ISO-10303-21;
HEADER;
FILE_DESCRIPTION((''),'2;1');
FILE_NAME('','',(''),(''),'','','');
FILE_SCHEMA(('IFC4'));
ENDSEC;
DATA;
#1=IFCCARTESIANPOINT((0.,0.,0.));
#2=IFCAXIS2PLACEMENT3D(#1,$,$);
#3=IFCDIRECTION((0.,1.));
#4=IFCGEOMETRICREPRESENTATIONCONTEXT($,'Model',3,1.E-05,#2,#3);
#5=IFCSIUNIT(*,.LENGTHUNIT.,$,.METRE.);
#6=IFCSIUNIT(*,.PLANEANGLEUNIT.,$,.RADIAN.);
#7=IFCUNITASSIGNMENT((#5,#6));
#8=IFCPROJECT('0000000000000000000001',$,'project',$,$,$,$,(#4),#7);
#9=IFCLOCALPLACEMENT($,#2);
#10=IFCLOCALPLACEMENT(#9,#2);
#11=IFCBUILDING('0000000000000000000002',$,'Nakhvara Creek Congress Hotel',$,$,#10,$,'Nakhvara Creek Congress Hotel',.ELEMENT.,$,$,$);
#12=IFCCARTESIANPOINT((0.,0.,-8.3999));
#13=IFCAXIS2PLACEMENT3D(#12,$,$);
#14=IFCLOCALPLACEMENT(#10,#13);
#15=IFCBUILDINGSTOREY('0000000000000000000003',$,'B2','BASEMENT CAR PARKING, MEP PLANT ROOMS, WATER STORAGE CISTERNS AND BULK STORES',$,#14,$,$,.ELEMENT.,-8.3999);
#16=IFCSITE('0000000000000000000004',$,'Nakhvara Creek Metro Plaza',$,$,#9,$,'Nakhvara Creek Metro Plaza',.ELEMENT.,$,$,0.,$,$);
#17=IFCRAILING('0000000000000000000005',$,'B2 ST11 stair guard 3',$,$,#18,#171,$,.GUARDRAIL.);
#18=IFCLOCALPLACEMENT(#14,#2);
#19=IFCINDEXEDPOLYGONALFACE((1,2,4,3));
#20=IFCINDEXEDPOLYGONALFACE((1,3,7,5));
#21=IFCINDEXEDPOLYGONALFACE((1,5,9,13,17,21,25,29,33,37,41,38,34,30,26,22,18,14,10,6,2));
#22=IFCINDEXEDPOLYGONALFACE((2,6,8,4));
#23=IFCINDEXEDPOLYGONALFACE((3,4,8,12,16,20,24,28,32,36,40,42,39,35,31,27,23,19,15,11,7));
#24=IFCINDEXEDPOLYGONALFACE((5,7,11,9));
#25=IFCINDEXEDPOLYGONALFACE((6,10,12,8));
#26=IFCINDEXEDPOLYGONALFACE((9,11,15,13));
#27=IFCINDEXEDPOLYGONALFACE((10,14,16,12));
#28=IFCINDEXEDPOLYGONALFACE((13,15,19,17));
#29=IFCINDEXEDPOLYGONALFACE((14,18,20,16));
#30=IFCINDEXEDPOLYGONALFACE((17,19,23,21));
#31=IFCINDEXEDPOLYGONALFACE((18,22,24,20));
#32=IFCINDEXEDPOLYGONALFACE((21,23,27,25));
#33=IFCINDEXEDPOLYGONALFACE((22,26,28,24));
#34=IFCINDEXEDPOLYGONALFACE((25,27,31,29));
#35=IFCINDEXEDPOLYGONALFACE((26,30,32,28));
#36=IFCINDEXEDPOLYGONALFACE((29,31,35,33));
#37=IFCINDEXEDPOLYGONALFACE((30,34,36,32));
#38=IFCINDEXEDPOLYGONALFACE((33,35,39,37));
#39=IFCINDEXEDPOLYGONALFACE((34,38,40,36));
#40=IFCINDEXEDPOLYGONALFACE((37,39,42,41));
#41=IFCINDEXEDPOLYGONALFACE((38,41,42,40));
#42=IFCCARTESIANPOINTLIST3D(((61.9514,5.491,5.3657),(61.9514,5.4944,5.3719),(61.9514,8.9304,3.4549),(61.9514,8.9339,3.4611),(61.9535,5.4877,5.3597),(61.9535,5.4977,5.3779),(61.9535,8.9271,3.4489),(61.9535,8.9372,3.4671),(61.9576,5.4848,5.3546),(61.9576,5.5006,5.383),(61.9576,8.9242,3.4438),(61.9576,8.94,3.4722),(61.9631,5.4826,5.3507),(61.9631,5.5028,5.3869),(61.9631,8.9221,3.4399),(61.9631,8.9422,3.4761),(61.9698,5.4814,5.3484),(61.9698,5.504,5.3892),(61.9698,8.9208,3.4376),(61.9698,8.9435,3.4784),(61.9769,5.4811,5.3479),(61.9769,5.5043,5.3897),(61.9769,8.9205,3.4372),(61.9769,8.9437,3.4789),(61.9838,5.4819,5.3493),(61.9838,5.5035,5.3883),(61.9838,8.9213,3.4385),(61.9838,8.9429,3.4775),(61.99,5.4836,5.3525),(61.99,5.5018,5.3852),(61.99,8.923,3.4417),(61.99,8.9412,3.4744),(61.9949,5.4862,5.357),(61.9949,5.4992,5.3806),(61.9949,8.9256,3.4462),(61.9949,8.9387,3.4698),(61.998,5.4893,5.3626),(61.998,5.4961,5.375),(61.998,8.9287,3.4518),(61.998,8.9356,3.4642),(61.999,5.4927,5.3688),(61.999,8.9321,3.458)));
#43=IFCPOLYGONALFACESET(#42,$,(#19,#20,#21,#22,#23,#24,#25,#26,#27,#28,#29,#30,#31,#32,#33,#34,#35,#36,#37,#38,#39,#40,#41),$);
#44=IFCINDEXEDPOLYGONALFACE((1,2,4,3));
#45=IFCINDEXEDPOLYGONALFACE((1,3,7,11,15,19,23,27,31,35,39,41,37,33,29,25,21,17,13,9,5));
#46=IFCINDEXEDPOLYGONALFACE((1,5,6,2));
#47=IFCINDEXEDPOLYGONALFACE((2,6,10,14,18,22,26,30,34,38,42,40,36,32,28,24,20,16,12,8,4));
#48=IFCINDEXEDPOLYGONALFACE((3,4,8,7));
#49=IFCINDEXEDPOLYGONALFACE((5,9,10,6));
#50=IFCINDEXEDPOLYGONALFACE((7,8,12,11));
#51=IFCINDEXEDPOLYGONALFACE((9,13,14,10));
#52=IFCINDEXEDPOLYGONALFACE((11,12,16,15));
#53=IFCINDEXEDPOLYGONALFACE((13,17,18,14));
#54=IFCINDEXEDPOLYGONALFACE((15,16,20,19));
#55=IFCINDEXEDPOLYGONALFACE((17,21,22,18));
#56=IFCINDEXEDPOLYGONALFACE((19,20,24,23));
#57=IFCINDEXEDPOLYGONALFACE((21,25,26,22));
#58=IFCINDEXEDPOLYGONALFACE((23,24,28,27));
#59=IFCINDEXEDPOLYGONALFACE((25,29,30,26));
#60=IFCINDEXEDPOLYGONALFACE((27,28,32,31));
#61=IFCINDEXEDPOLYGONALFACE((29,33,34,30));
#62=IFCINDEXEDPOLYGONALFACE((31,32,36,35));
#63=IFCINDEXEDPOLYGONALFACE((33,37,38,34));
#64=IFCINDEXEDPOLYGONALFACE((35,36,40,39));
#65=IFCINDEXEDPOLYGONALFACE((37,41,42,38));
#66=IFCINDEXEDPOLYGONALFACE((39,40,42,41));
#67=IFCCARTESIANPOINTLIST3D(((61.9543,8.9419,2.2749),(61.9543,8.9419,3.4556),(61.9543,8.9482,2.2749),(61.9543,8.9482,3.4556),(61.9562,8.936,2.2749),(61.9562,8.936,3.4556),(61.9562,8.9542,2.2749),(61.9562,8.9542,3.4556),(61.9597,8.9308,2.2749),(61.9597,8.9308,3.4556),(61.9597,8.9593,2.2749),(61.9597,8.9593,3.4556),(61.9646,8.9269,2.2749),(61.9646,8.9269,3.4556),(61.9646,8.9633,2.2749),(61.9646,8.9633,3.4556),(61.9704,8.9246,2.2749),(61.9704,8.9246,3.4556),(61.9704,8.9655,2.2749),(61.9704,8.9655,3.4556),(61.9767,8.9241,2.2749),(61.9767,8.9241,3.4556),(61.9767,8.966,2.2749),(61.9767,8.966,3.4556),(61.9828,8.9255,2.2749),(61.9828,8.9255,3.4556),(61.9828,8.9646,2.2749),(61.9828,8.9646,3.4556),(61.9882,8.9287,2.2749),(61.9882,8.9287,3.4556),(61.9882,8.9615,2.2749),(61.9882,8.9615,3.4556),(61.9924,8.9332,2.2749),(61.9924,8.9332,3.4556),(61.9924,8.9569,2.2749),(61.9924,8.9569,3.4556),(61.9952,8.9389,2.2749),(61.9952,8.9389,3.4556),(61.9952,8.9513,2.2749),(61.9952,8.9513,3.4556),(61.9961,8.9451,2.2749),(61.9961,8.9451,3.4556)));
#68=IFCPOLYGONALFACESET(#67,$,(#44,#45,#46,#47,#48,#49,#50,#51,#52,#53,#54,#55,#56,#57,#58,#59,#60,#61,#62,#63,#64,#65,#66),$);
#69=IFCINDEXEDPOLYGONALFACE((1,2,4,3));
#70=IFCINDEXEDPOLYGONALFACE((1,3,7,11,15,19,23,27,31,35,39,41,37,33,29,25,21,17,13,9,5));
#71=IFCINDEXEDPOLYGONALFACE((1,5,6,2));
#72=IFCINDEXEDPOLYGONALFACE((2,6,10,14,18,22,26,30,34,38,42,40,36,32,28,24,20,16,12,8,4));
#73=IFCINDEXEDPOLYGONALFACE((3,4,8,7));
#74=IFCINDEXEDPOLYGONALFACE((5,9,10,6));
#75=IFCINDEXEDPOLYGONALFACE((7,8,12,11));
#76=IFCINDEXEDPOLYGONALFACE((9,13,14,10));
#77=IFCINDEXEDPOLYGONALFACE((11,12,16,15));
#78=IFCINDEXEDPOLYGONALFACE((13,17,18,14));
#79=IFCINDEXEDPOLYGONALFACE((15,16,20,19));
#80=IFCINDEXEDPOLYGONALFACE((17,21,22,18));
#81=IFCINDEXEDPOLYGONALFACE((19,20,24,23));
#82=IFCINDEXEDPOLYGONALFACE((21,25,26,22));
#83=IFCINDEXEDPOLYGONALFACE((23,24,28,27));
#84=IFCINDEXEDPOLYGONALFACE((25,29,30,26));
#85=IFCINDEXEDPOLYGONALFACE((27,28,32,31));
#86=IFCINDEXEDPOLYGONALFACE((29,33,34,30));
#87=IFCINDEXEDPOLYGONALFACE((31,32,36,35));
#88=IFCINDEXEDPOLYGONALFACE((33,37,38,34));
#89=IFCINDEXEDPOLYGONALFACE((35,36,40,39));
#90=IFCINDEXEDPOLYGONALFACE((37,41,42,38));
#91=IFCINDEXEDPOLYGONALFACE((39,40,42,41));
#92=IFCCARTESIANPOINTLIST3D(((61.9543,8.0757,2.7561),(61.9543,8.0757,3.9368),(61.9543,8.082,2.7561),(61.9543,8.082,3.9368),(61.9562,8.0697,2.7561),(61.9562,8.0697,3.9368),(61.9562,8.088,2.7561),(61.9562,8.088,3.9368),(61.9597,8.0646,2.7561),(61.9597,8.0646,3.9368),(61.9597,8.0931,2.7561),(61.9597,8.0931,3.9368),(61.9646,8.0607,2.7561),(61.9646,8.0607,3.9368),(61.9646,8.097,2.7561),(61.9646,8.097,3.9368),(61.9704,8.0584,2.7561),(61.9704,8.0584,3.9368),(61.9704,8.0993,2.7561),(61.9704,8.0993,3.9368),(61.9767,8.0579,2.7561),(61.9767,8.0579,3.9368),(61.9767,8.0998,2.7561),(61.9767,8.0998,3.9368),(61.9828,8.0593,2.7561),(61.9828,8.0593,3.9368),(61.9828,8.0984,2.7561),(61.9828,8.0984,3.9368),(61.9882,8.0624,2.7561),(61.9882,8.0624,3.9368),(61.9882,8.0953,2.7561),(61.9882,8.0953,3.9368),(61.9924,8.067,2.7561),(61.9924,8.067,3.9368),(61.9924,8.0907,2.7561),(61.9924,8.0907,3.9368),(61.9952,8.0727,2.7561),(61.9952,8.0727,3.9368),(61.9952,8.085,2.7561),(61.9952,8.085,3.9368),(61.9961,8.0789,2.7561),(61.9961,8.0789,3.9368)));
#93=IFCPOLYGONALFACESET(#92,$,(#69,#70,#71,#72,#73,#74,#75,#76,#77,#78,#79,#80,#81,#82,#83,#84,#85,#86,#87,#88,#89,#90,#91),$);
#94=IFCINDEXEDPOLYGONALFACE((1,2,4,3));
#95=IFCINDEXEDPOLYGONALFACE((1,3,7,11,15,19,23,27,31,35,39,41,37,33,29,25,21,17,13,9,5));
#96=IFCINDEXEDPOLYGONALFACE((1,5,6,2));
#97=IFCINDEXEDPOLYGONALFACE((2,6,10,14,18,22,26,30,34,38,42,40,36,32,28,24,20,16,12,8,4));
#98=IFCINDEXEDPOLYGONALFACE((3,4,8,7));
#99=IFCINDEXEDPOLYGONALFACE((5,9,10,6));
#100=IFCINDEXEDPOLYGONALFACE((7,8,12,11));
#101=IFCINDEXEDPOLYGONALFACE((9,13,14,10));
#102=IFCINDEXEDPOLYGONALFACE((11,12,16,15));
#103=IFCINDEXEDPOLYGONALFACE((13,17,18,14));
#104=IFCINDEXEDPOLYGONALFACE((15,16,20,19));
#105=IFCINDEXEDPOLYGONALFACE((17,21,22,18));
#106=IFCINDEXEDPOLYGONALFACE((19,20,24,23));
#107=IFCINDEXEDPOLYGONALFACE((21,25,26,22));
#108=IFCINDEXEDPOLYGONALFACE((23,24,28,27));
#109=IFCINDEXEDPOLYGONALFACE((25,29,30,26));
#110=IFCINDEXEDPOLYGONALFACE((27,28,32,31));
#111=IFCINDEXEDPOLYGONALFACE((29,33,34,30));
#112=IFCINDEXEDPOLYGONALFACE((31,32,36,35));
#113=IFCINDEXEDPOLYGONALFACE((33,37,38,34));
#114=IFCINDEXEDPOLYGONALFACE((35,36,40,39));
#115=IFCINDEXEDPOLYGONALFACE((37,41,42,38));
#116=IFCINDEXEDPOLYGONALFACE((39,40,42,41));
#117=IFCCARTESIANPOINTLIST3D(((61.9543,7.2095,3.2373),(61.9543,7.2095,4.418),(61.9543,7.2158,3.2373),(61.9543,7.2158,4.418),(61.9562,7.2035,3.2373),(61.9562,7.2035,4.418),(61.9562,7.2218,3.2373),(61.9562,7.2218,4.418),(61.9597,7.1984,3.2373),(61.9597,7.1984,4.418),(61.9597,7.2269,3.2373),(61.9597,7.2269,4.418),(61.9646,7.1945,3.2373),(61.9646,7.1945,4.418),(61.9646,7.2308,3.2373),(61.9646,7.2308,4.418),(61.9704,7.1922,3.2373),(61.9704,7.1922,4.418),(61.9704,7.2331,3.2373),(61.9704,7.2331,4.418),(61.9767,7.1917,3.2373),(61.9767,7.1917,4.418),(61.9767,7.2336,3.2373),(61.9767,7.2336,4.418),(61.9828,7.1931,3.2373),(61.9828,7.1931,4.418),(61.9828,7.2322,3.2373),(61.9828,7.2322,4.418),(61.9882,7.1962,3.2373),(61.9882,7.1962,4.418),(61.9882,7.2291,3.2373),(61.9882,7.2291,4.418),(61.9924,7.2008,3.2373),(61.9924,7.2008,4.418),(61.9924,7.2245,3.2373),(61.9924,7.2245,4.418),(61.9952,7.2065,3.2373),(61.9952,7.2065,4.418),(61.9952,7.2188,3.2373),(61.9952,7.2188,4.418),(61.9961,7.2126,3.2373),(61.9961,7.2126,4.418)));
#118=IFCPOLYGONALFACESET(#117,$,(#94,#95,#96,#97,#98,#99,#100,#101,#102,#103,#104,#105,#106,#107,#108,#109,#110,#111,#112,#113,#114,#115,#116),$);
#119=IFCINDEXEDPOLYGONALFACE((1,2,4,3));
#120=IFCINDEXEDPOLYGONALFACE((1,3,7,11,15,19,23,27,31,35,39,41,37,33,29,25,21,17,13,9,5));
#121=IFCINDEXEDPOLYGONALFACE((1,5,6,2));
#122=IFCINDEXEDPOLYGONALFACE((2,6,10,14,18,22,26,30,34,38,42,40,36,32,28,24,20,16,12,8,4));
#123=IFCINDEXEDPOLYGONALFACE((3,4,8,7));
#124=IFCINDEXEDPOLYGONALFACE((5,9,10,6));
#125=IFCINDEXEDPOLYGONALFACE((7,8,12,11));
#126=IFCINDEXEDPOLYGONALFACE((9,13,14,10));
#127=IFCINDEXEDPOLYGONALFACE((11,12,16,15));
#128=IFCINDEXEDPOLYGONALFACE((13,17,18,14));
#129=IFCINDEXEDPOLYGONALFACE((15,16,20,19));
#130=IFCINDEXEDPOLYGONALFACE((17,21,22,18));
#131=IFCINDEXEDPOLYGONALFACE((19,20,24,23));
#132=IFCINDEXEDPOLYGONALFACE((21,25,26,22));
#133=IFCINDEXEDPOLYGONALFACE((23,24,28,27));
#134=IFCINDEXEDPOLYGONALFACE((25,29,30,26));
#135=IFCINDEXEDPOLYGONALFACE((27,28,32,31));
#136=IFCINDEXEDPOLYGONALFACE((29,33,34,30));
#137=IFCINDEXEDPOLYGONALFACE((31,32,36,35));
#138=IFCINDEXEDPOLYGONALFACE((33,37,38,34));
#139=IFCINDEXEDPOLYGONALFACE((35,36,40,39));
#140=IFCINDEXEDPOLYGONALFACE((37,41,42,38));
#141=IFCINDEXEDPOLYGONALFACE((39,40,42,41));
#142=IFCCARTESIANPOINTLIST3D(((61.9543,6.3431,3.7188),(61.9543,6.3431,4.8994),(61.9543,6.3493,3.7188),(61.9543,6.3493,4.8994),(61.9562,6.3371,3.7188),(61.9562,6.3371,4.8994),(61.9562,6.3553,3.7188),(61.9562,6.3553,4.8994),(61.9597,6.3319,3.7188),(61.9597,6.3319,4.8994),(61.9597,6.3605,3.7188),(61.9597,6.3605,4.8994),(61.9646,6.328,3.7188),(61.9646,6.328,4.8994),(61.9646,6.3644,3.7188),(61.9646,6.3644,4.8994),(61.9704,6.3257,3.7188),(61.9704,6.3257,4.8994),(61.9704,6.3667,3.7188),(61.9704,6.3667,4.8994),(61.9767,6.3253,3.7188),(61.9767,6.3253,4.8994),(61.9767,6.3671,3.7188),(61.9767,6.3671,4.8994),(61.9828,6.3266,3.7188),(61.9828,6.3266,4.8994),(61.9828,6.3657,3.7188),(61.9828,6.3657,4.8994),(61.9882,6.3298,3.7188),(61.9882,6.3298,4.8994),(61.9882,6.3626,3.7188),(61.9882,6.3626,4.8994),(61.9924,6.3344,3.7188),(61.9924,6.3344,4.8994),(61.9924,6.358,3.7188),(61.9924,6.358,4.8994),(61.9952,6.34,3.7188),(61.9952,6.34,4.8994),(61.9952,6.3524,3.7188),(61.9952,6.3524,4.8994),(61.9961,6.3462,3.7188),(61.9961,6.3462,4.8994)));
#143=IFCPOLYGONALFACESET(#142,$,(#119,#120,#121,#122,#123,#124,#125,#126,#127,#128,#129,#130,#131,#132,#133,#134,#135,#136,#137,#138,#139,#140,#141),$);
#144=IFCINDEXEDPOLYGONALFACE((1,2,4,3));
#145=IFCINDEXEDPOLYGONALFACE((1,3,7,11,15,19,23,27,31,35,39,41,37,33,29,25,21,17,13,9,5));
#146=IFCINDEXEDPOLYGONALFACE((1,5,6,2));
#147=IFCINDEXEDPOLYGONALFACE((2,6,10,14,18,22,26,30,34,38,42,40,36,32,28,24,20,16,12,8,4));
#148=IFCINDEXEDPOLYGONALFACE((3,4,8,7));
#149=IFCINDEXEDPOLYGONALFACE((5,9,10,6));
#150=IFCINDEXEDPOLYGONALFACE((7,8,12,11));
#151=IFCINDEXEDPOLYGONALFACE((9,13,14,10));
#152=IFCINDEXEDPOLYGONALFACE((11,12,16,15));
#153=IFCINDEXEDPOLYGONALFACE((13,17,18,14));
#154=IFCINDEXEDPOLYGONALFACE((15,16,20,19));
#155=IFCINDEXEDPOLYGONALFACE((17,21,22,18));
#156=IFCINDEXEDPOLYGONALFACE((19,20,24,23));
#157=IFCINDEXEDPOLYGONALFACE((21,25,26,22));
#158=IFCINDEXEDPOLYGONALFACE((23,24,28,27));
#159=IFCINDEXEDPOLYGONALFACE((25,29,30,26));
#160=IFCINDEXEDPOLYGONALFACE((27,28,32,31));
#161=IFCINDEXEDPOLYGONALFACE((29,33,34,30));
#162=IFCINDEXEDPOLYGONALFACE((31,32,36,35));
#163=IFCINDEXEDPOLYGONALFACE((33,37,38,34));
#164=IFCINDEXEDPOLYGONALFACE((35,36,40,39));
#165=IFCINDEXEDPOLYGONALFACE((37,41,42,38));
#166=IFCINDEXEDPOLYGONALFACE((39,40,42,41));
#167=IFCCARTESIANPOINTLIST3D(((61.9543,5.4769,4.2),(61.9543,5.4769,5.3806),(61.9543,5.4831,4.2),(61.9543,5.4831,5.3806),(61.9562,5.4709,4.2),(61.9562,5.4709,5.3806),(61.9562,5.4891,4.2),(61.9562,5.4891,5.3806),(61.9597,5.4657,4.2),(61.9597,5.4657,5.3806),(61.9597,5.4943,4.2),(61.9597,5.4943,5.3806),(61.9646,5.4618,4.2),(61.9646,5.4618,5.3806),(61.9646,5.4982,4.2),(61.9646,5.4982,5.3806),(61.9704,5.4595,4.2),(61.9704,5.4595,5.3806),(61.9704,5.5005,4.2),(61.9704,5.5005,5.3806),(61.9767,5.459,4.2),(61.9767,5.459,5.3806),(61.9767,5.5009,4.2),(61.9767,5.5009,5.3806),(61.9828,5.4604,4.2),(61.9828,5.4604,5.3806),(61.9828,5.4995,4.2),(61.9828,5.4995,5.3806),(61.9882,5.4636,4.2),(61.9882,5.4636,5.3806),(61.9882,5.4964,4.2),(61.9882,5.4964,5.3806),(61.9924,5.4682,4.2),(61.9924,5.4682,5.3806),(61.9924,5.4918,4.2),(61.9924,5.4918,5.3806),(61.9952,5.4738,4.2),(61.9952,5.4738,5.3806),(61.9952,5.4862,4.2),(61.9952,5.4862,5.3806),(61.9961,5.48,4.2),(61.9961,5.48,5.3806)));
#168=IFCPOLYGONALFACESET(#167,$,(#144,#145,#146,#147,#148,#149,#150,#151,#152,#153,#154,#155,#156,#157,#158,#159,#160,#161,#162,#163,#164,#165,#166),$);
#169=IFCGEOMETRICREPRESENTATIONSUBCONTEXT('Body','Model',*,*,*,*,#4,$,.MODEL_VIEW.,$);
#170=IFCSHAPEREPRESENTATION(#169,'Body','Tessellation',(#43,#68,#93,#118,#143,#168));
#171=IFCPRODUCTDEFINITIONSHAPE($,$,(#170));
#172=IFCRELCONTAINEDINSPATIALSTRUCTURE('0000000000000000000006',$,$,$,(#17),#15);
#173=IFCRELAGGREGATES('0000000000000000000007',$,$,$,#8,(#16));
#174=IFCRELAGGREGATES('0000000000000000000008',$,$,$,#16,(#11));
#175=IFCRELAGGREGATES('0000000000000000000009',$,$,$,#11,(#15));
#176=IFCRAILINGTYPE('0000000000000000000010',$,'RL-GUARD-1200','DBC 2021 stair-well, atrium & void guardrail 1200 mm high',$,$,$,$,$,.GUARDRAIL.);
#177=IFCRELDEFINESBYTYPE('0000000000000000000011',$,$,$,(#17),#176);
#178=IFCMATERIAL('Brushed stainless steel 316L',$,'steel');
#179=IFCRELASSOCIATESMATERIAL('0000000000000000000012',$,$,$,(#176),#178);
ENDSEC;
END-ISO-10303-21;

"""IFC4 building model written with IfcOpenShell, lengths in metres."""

from ifc_helpers import new_model, si_unit, direction, frame, origin, origin_2d, place, context, subcontext, project, spatial, circle, extrude, material, type_object, element, save


model = new_model("IFC4")

# Units and contexts
model_context = context("Model", 3, precision=1e-05, world=origin(), true_north=direction((0.0, 1.0)))
body_context = subcontext(model_context, "Body", "Model", "MODEL_VIEW")
ifc_project = project(units=[si_unit("LENGTHUNIT", "METRE"), si_unit("PLANEANGLEUNIT", "RADIAN")], contexts=[model_context])

# Site, building, storey
site_placement = place(None, origin())
site = spatial("IfcSite", under=ifc_project, at=site_placement, Name="Nakhvara Creek Metro Plaza", LongName="Nakhvara Creek Metro Plaza", CompositionType="ELEMENT", RefElevation=0.0)
building_placement = place(site_placement, origin())
building = spatial("IfcBuilding", under=site, at=building_placement, Name="Nakhvara Creek Congress Hotel", LongName="Nakhvara Creek Congress Hotel", CompositionType="ELEMENT")
storey_placement = place(building_placement, frame((0.0, 0.0, -8.3999)))
storey = spatial("IfcBuildingStorey", under=building, at=storey_placement, Name="B2", Description="BASEMENT CAR PARKING, MEP PLANT ROOMS, WATER STORAGE CISTERNS AND BULK STORES", CompositionType="ELEMENT", Elevation=-8.3999)

# Railing
ifc_material_1 = material(Name="Brushed stainless steel 316L", Category="steel")
railing_type_1 = type_object("IfcRailingType", Name="RL-GUARD-1200", Description="DBC 2021 stair-well, atrium & void guardrail 1200 mm high", PredefinedType="GUARDRAIL", material=ifc_material_1)
railing_1_placement = place(storey_placement, frame((61.9751, 8.9451, 2.2749)))
element("IfcRailing", 1, at=railing_1_placement, inside=storey, type_object=railing_type_1, Name="B2 ST11 stair guard 3", PredefinedType="GUARDRAIL", context=body_context, shape_type="SweptSolid", body=[
    extrude(circle(Radius=0.0239, at=origin_2d()), frame((0.0, -0.0129, 1.1831), z_axis=(0.0, -0.874157, 0.485643), x_axis=(1.0, 0.0, 0.0)), (0.0, 0.0, 1.0), 3.9346),
    extrude(circle(Radius=0.021, at=origin_2d()), origin(), (0.0, 0.0, 1.0), 1.1807),
    extrude(circle(Radius=0.021, at=origin_2d()), frame((0.0, -0.8662, 0.4812)), (0.0, 0.0, 1.0), 1.1807),
    extrude(circle(Radius=0.021, at=origin_2d()), frame((0.0, -1.7324, 0.9624)), (0.0, 0.0, 1.0), 1.1807),
    extrude(circle(Radius=0.021, at=origin_2d()), frame((0.0, -2.5989, 1.4438)), (0.0, 0.0, 1.0), 1.1807),
    extrude(circle(Radius=0.021, at=origin_2d()), frame((0.0, -3.4651, 1.925)), (0.0, 0.0, 1.0), 1.1807),
])

save(model, "model.ifc")
